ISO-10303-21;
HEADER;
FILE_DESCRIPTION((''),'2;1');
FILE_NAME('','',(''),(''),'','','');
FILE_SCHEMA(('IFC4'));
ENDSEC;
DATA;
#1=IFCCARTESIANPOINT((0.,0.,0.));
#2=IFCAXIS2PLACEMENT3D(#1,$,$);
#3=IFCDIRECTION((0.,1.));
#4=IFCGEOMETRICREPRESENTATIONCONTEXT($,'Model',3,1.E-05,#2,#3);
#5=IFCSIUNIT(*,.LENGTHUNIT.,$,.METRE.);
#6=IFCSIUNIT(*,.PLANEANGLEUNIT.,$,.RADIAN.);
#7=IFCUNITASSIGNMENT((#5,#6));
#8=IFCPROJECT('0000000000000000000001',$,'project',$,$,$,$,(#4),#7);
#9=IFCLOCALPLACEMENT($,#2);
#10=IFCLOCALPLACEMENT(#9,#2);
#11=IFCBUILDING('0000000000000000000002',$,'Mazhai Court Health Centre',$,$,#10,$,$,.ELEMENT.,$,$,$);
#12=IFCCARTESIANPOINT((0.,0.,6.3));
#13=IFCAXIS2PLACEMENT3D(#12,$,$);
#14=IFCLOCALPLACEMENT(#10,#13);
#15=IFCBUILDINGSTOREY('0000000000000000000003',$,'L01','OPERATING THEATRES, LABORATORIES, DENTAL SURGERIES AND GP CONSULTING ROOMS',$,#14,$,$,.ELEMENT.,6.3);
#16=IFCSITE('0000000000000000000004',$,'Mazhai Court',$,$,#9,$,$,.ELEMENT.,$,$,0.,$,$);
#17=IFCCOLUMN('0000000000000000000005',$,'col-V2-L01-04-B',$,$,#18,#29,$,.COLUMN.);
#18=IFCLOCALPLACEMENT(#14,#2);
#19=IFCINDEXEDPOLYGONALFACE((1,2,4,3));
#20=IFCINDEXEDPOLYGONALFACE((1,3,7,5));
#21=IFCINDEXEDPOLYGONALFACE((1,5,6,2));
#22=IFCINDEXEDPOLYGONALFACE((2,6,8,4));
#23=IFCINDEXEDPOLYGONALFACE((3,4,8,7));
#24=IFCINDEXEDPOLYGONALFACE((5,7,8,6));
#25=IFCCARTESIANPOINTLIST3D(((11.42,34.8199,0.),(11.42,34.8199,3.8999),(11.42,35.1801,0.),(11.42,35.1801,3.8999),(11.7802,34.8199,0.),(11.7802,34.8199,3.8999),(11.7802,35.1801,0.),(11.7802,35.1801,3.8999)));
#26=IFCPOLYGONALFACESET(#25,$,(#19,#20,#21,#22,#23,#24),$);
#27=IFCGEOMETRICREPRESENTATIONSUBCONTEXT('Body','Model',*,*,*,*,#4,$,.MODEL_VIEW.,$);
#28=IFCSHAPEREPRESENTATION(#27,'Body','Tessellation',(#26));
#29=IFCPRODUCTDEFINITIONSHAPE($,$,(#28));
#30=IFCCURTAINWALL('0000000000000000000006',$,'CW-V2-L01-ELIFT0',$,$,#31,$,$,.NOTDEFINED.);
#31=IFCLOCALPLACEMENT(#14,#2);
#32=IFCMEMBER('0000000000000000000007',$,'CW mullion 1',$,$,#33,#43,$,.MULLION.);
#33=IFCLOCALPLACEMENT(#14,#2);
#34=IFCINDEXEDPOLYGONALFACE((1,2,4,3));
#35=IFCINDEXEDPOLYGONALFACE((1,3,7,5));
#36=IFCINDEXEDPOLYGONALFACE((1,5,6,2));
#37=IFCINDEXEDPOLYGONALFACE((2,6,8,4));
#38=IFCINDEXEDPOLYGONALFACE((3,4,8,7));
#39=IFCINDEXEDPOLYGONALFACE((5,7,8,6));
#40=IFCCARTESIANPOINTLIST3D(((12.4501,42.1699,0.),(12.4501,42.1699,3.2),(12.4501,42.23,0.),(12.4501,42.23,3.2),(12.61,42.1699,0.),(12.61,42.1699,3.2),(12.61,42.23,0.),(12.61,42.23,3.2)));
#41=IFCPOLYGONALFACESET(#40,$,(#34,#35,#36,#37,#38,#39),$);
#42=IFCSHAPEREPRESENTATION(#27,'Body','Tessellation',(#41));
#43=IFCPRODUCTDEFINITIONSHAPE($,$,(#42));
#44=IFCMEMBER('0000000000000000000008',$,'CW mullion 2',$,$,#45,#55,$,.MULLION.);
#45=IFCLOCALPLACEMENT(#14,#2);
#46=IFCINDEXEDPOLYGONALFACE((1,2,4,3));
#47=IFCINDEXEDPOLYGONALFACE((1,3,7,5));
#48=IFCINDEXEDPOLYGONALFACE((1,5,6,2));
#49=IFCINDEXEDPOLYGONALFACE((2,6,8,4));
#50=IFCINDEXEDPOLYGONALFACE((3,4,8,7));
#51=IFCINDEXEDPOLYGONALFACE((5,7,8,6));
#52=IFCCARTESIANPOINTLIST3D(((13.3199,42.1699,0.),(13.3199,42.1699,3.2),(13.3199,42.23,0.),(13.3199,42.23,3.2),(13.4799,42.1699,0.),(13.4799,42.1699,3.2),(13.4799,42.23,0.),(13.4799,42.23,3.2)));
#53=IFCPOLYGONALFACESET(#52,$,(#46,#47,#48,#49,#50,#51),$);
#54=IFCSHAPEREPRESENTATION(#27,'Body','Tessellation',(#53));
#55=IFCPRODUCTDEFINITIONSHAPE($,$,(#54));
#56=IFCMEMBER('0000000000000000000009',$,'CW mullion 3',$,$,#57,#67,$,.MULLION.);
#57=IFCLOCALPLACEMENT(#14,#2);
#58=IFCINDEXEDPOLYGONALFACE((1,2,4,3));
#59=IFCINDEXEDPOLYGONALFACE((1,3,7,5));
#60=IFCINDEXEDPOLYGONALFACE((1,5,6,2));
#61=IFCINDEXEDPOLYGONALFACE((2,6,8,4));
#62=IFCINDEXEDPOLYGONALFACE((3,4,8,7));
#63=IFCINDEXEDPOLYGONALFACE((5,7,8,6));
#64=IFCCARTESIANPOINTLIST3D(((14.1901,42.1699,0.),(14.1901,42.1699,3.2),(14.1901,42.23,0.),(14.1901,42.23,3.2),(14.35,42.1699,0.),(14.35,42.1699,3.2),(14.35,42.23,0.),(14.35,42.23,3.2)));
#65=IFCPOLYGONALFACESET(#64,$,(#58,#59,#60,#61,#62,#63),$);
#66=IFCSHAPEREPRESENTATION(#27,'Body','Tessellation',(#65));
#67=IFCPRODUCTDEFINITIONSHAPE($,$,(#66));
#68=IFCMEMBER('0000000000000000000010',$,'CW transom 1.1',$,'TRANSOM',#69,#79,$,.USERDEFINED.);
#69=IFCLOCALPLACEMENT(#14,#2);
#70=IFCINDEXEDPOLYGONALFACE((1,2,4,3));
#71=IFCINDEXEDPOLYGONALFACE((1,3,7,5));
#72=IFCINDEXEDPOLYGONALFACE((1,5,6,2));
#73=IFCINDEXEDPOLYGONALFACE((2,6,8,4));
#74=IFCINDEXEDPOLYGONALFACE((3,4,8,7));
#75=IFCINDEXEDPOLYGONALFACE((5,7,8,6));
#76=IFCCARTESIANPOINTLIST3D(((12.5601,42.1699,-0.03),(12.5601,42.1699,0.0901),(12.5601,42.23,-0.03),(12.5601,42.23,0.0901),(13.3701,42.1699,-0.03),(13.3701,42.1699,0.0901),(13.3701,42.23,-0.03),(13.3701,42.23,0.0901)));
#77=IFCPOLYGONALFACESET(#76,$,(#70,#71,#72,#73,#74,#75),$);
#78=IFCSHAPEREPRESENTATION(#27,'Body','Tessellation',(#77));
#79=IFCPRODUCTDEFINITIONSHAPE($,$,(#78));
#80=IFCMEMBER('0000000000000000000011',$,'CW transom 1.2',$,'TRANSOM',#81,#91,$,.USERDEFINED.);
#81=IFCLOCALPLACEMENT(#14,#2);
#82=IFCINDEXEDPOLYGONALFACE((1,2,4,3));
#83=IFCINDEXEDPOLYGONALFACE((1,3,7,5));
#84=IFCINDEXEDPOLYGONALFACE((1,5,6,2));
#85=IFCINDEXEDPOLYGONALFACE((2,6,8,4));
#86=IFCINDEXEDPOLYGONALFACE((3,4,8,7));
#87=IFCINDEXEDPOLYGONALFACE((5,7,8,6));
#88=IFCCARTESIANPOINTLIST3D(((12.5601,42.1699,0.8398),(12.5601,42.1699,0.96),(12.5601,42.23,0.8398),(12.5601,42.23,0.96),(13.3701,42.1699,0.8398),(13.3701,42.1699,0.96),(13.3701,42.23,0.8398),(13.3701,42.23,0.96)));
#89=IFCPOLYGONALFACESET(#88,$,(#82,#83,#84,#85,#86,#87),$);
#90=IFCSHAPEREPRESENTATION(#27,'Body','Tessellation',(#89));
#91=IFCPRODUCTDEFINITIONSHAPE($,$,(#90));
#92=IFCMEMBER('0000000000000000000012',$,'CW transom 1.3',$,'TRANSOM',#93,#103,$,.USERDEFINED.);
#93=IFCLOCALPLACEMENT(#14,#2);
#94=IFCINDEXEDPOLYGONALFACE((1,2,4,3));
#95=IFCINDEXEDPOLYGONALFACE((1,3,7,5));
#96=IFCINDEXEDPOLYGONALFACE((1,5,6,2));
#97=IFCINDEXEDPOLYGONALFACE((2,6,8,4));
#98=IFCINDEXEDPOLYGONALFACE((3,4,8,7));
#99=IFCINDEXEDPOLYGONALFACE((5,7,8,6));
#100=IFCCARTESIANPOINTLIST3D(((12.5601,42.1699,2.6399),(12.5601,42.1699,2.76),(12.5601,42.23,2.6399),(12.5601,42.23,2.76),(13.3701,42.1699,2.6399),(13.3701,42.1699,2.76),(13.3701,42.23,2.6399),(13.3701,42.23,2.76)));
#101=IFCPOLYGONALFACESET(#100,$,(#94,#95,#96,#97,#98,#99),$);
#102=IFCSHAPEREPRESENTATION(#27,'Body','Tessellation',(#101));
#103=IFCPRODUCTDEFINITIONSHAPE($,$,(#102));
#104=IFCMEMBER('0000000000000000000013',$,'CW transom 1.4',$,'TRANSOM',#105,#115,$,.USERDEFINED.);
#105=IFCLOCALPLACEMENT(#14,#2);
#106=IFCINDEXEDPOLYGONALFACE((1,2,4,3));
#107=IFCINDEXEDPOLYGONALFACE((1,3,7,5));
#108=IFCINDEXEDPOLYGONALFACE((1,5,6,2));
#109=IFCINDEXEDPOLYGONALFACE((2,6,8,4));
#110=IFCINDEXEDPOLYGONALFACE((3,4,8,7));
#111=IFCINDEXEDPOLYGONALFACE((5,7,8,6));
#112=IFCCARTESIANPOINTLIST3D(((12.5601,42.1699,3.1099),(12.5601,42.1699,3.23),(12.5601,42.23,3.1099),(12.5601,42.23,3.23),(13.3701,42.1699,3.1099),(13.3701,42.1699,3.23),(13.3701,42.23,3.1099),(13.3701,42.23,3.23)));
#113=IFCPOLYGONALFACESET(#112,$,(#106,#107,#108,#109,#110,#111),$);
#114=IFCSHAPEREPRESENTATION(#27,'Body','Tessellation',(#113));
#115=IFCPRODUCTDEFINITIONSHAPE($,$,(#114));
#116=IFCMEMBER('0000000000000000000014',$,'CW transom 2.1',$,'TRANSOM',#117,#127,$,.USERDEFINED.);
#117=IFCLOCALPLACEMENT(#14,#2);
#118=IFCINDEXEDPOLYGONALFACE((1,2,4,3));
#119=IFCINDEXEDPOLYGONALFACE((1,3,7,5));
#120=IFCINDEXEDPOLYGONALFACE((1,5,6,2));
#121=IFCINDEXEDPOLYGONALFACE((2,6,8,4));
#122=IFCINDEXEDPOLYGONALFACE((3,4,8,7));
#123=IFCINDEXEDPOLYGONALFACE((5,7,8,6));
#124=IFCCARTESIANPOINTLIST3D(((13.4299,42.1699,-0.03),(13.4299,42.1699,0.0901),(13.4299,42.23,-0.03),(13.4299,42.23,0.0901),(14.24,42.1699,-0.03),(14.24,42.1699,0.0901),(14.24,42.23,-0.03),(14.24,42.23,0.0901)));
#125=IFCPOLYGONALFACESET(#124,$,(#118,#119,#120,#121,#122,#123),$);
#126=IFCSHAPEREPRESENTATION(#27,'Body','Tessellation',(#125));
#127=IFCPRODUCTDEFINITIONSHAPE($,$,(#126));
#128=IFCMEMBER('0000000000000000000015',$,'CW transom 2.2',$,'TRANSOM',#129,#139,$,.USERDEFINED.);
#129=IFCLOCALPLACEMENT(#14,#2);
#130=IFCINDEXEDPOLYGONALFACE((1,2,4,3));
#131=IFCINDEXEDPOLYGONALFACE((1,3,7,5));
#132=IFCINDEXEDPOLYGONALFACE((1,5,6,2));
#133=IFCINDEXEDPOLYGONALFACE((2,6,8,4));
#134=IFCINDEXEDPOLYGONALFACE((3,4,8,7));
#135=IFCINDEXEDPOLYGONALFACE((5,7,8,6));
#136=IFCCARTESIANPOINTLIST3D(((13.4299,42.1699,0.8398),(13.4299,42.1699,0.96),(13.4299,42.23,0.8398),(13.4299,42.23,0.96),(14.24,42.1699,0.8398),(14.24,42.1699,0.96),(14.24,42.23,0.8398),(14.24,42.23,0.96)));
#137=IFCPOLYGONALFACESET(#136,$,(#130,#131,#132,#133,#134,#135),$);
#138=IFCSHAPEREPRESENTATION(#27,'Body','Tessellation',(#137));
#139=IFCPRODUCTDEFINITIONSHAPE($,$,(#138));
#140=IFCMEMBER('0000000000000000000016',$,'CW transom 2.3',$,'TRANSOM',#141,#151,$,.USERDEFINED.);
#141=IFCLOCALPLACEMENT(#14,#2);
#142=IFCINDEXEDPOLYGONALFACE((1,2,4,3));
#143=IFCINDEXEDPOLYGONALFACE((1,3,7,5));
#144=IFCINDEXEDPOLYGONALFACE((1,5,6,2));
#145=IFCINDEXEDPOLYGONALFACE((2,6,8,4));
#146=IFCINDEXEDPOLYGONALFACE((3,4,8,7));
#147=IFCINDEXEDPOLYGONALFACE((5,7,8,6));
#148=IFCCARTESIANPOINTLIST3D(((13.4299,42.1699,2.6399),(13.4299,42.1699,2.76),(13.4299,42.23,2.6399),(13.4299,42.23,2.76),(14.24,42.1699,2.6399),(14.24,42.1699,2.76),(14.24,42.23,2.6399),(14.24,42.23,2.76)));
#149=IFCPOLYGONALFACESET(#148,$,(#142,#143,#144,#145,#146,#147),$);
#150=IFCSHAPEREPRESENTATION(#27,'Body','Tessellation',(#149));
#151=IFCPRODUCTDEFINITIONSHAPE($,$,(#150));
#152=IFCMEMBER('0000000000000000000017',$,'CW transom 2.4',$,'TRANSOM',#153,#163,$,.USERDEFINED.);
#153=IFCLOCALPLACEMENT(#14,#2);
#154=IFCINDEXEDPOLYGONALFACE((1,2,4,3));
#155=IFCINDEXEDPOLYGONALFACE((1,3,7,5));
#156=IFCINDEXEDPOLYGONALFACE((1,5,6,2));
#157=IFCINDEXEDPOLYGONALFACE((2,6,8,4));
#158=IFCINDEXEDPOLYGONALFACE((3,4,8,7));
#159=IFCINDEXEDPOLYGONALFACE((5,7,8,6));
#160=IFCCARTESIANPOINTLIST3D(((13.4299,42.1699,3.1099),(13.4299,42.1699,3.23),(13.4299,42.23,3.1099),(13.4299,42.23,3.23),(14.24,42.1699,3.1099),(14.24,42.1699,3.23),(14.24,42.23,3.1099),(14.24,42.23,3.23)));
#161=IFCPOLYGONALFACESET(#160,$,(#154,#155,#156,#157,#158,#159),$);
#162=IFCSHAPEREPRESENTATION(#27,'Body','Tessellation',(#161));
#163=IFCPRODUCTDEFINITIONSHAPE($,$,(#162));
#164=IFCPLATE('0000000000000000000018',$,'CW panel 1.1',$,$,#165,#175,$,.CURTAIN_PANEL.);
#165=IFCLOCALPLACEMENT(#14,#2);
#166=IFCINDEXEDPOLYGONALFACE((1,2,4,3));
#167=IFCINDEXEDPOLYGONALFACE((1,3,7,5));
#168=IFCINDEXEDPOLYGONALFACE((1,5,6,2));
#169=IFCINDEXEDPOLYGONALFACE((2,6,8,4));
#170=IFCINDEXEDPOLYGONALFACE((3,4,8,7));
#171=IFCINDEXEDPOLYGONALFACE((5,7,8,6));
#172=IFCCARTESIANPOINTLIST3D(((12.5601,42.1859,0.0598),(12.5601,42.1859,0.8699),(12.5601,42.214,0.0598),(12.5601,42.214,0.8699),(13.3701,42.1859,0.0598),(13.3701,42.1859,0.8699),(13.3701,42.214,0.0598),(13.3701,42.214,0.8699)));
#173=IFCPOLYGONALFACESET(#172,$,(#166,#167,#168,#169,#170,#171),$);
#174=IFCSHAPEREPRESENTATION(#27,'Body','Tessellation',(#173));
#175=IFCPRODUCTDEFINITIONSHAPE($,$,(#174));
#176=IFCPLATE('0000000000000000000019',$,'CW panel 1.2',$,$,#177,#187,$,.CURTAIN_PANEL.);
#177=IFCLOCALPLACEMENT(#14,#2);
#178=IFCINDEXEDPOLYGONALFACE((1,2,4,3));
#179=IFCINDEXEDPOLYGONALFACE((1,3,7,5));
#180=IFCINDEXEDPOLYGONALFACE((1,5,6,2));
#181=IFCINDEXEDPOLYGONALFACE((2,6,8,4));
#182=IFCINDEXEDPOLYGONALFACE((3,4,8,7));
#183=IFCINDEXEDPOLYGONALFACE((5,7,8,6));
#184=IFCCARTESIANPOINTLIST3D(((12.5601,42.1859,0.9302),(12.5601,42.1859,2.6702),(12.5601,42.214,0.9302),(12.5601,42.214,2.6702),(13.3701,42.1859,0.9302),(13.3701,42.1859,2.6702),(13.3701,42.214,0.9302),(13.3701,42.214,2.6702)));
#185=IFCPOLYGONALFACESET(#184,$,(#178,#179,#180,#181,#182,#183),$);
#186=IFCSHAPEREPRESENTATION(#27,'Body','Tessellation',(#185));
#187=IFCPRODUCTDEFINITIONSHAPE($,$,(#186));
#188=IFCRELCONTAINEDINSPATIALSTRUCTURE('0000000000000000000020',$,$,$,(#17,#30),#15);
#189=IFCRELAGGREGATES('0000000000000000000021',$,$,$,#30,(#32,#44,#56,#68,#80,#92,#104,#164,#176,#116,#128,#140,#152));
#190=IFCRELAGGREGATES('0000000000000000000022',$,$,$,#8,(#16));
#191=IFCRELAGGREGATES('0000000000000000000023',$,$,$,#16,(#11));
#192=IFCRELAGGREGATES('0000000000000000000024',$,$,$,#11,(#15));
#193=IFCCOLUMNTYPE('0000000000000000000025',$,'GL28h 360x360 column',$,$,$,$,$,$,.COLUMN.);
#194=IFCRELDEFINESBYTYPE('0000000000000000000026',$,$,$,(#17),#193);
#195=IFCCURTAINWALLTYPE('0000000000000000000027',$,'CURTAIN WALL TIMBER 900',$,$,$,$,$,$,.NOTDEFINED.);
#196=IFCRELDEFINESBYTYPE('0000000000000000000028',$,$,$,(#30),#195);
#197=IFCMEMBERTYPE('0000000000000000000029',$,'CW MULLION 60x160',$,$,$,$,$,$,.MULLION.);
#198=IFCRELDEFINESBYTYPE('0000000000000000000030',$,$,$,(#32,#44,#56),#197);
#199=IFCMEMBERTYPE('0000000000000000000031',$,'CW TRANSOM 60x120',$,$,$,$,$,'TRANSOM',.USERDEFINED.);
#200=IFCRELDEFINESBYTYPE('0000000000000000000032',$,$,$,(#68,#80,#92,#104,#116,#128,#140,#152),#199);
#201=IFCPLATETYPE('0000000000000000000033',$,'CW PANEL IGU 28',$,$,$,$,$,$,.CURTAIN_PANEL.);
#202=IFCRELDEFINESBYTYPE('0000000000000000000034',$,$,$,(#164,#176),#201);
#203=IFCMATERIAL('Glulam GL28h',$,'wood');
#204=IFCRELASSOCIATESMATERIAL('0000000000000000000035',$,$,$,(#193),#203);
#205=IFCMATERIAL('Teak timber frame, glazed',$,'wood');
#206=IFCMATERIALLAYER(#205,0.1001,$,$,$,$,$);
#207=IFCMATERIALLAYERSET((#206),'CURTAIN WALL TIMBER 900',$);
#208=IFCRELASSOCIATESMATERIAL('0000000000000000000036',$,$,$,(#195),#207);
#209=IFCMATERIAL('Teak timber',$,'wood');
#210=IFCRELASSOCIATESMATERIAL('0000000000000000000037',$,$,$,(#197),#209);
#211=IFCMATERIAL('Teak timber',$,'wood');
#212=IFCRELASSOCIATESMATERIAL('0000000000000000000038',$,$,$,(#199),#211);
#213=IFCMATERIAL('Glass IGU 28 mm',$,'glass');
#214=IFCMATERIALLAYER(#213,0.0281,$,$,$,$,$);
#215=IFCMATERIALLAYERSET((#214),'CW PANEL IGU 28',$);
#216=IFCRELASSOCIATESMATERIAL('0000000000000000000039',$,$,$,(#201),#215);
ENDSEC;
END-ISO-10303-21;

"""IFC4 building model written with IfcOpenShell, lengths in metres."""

from ifc_helpers import new_model, si_unit, direction, frame, origin, origin_2d, place, context, subcontext, project, spatial, rectangle, extrude, material, layer, layer_set, material_profile, profile_set, type_object, element, aggregate, save


model = new_model("IFC4")

# Units and contexts
model_context = context("Model", 3, precision=1e-05, world=origin(), true_north=direction((0.0, 1.0)))
body_context = subcontext(model_context, "Body", "Model", "MODEL_VIEW")
ifc_project = project(units=[si_unit("LENGTHUNIT", "METRE"), si_unit("PLANEANGLEUNIT", "RADIAN")], contexts=[model_context])

# Site, building, storey
site_placement = place(None, origin())
site = spatial("IfcSite", under=ifc_project, at=site_placement, Name="Mazhai Court", CompositionType="ELEMENT", RefElevation=0.0)
building_placement = place(site_placement, origin())
building = spatial("IfcBuilding", under=site, at=building_placement, Name="Mazhai Court Health Centre", CompositionType="ELEMENT")
storey_placement = place(building_placement, frame((0.0, 0.0, 6.3)))
storey = spatial("IfcBuildingStorey", under=building, at=storey_placement, Name="L01", Description="OPERATING THEATRES, LABORATORIES, DENTAL SURGERIES AND GP CONSULTING ROOMS", CompositionType="ELEMENT", Elevation=6.3)

# Column
ifc_material_1 = material(Name="Glulam GL28h", Category="wood")
ifc_material_profile_1 = material_profile(ifc_material_1, rectangle(XDim=0.3601, YDim=0.3601, at=origin_2d()), Name="GL28h 360x360")
ifc_profile_set_1 = profile_set([ifc_material_profile_1], Name="Glulam GL28h")
column_type = type_object("IfcColumnType", Name="GL28h 360x360 column", PredefinedType="COLUMN", material=ifc_profile_set_1)
column_placement = place(storey_placement, frame((11.6001, 35.0, 0.0), z_axis=(0.0, 0.0, 1.0), x_axis=(1.0, 0.0, 0.0)))
element("IfcColumn", 1, at=column_placement, inside=storey, type_object=column_type, Name="col-V2-L01-04-B", PredefinedType="COLUMN", context=body_context, shape_type="SweptSolid", body=[
    extrude(rectangle(XDim=0.3601, YDim=0.3601, at=origin_2d()), origin(), (0.0, 0.0, 1.0), 3.8999),
])

# Curtain wall, members, plates
ifc_material_2 = material(Name="Teak timber frame, glazed", Category="wood")
ifc_layer_1 = layer(ifc_material_2, 0.1001)
ifc_layer_set_1 = layer_set([ifc_layer_1], Name="CURTAIN WALL TIMBER 900")
curtain_wall_type = type_object("IfcCurtainWallType", Name="CURTAIN WALL TIMBER 900", PredefinedType="NOTDEFINED", material=ifc_layer_set_1)
curtain_wall_placement = place(storey_placement, origin())
curtain_wall = element("IfcCurtainWall", 2, at=curtain_wall_placement, inside=storey, type_object=curtain_wall_type, Name="CW-V2-L01-ELIFT0", PredefinedType="NOTDEFINED")
ifc_material_3 = material(Name="Teak timber", Category="wood")
ifc_material_profile_2 = material_profile(ifc_material_3, rectangle(XDim=0.0601, YDim=0.1599, at=origin_2d()), Name="CW MULLION 60x160")
ifc_profile_set_2 = profile_set([ifc_material_profile_2], Name="Teak timber")
member_type_1 = type_object("IfcMemberType", Name="CW MULLION 60x160", PredefinedType="MULLION", material=ifc_profile_set_2)
member_1_placement = place(storey_placement, frame((12.53, 42.2, 0.0), z_axis=(0.0, 0.0, 1.0), x_axis=(0.0, 1.0, 0.0)))
member_1 = element("IfcMember", 3, at=member_1_placement, type_object=member_type_1, Name="CW mullion 1", PredefinedType="MULLION", context=body_context, shape_type="SweptSolid", body=[
    extrude(rectangle(XDim=0.0601, YDim=0.1599, at=origin_2d()), origin(), (0.0, 0.0, 1.0), 3.2),
])
member_2_placement = place(storey_placement, frame((13.3999, 42.2, 0.0), z_axis=(0.0, 0.0, 1.0), x_axis=(0.0, 1.0, 0.0)))
member_2 = element("IfcMember", 4, at=member_2_placement, type_object=member_type_1, Name="CW mullion 2", PredefinedType="MULLION", context=body_context, shape_type="SweptSolid", body=[
    extrude(rectangle(XDim=0.0601, YDim=0.1599, at=origin_2d()), origin(), (0.0, 0.0, 1.0), 3.2),
])
member_3_placement = place(storey_placement, frame((14.27, 42.2, 0.0), z_axis=(0.0, 0.0, 1.0), x_axis=(0.0, 1.0, 0.0)))
member_3 = element("IfcMember", 5, at=member_3_placement, type_object=member_type_1, Name="CW mullion 3", PredefinedType="MULLION", context=body_context, shape_type="SweptSolid", body=[
    extrude(rectangle(XDim=0.0601, YDim=0.1599, at=origin_2d()), origin(), (0.0, 0.0, 1.0), 3.2),
])
ifc_material_4 = material(Name="Teak timber", Category="wood")
ifc_material_profile_3 = material_profile(ifc_material_4, rectangle(XDim=0.0601, YDim=0.1201, at=origin_2d()), Name="CW TRANSOM 60x120")
ifc_profile_set_3 = profile_set([ifc_material_profile_3], Name="Teak timber")
member_type_2 = type_object("IfcMemberType", Name="CW TRANSOM 60x120", ElementType="TRANSOM", PredefinedType="USERDEFINED", material=ifc_profile_set_3)
member_4_placement = place(storey_placement, frame((12.5601, 42.2, 0.03), z_axis=(1.0, 0.0, 0.0), x_axis=(0.0, 1.0, 0.0)))
member_4 = element("IfcMember", 6, at=member_4_placement, type_object=member_type_2, Name="CW transom 1.1", ObjectType="TRANSOM", PredefinedType="USERDEFINED", context=body_context, shape_type="SweptSolid", body=[
    extrude(rectangle(XDim=0.0601, YDim=0.1201, at=origin_2d()), origin(), (0.0, 0.0, 1.0), 0.8101),
])
member_5_placement = place(storey_placement, frame((12.5601, 42.2, 0.8999), z_axis=(1.0, 0.0, 0.0), x_axis=(0.0, 1.0, 0.0)))
member_5 = element("IfcMember", 7, at=member_5_placement, type_object=member_type_2, Name="CW transom 1.2", ObjectType="TRANSOM", PredefinedType="USERDEFINED", context=body_context, shape_type="SweptSolid", body=[
    extrude(rectangle(XDim=0.0601, YDim=0.1201, at=origin_2d()), origin(), (0.0, 0.0, 1.0), 0.8101),
])
member_6_placement = place(storey_placement, frame((12.5601, 42.2, 2.7), z_axis=(1.0, 0.0, 0.0), x_axis=(0.0, 1.0, 0.0)))
member_6 = element("IfcMember", 8, at=member_6_placement, type_object=member_type_2, Name="CW transom 1.3", ObjectType="TRANSOM", PredefinedType="USERDEFINED", context=body_context, shape_type="SweptSolid", body=[
    extrude(rectangle(XDim=0.0601, YDim=0.1201, at=origin_2d()), origin(), (0.0, 0.0, 1.0), 0.8101),
])
member_7_placement = place(storey_placement, frame((12.5601, 42.2, 3.1699), z_axis=(1.0, 0.0, 0.0), x_axis=(0.0, 1.0, 0.0)))
member_7 = element("IfcMember", 9, at=member_7_placement, type_object=member_type_2, Name="CW transom 1.4", ObjectType="TRANSOM", PredefinedType="USERDEFINED", context=body_context, shape_type="SweptSolid", body=[
    extrude(rectangle(XDim=0.0601, YDim=0.1201, at=origin_2d()), origin(), (0.0, 0.0, 1.0), 0.8101),
])
member_8_placement = place(storey_placement, frame((13.4299, 42.2, 0.03), z_axis=(1.0, 0.0, 0.0), x_axis=(0.0, 1.0, 0.0)))
member_8 = element("IfcMember", 10, at=member_8_placement, type_object=member_type_2, Name="CW transom 2.1", ObjectType="TRANSOM", PredefinedType="USERDEFINED", context=body_context, shape_type="SweptSolid", body=[
    extrude(rectangle(XDim=0.0601, YDim=0.1201, at=origin_2d()), origin(), (0.0, 0.0, 1.0), 0.8101),
])
member_9_placement = place(storey_placement, frame((13.4299, 42.2, 0.8999), z_axis=(1.0, 0.0, 0.0), x_axis=(0.0, 1.0, 0.0)))
member_9 = element("IfcMember", 11, at=member_9_placement, type_object=member_type_2, Name="CW transom 2.2", ObjectType="TRANSOM", PredefinedType="USERDEFINED", context=body_context, shape_type="SweptSolid", body=[
    extrude(rectangle(XDim=0.0601, YDim=0.1201, at=origin_2d()), origin(), (0.0, 0.0, 1.0), 0.8101),
])
member_10_placement = place(storey_placement, frame((13.4299, 42.2, 2.7), z_axis=(1.0, 0.0, 0.0), x_axis=(0.0, 1.0, 0.0)))
member_10 = element("IfcMember", 12, at=member_10_placement, type_object=member_type_2, Name="CW transom 2.3", ObjectType="TRANSOM", PredefinedType="USERDEFINED", context=body_context, shape_type="SweptSolid", body=[
    extrude(rectangle(XDim=0.0601, YDim=0.1201, at=origin_2d()), origin(), (0.0, 0.0, 1.0), 0.8101),
])
member_11_placement = place(storey_placement, frame((13.4299, 42.2, 3.1699), z_axis=(1.0, 0.0, 0.0), x_axis=(0.0, 1.0, 0.0)))
member_11 = element("IfcMember", 13, at=member_11_placement, type_object=member_type_2, Name="CW transom 2.4", ObjectType="TRANSOM", PredefinedType="USERDEFINED", context=body_context, shape_type="SweptSolid", body=[
    extrude(rectangle(XDim=0.0601, YDim=0.1201, at=origin_2d()), origin(), (0.0, 0.0, 1.0), 0.8101),
])
ifc_material_5 = material(Name="Glass IGU 28 mm", Category="glass")
ifc_layer_2 = layer(ifc_material_5, 0.0281)
ifc_layer_set_2 = layer_set([ifc_layer_2], Name="CW PANEL IGU 28")
plate_type = type_object("IfcPlateType", Name="CW PANEL IGU 28", PredefinedType="CURTAIN_PANEL", material=ifc_layer_set_2)
plate_1_placement = place(storey_placement, frame((12.9651, 42.2, 0.0598), z_axis=(0.0, 0.0, 1.0), x_axis=(1.0, 0.0, 0.0)))
plate_1 = element("IfcPlate", 14, at=plate_1_placement, type_object=plate_type, Name="CW panel 1.1", PredefinedType="CURTAIN_PANEL", context=body_context, shape_type="SweptSolid", body=[
    extrude(rectangle(XDim=0.8101, YDim=0.0281, at=origin_2d()), origin(), (0.0, 0.0, 1.0), 0.8101),
])
plate_2_placement = place(storey_placement, frame((12.9651, 42.2, 0.9302), z_axis=(0.0, 0.0, 1.0), x_axis=(1.0, 0.0, 0.0)))
plate_2 = element("IfcPlate", 15, at=plate_2_placement, type_object=plate_type, Name="CW panel 1.2", PredefinedType="CURTAIN_PANEL", context=body_context, shape_type="SweptSolid", body=[
    extrude(rectangle(XDim=0.8101, YDim=0.0281, at=origin_2d()), origin(), (0.0, 0.0, 1.0), 1.74),
])
aggregate(curtain_wall, [member_1, member_2, member_3, member_4, member_5, member_6, member_7, plate_1, plate_2, member_8, member_9, member_10, member_11])

save(model, "model.ifc")
